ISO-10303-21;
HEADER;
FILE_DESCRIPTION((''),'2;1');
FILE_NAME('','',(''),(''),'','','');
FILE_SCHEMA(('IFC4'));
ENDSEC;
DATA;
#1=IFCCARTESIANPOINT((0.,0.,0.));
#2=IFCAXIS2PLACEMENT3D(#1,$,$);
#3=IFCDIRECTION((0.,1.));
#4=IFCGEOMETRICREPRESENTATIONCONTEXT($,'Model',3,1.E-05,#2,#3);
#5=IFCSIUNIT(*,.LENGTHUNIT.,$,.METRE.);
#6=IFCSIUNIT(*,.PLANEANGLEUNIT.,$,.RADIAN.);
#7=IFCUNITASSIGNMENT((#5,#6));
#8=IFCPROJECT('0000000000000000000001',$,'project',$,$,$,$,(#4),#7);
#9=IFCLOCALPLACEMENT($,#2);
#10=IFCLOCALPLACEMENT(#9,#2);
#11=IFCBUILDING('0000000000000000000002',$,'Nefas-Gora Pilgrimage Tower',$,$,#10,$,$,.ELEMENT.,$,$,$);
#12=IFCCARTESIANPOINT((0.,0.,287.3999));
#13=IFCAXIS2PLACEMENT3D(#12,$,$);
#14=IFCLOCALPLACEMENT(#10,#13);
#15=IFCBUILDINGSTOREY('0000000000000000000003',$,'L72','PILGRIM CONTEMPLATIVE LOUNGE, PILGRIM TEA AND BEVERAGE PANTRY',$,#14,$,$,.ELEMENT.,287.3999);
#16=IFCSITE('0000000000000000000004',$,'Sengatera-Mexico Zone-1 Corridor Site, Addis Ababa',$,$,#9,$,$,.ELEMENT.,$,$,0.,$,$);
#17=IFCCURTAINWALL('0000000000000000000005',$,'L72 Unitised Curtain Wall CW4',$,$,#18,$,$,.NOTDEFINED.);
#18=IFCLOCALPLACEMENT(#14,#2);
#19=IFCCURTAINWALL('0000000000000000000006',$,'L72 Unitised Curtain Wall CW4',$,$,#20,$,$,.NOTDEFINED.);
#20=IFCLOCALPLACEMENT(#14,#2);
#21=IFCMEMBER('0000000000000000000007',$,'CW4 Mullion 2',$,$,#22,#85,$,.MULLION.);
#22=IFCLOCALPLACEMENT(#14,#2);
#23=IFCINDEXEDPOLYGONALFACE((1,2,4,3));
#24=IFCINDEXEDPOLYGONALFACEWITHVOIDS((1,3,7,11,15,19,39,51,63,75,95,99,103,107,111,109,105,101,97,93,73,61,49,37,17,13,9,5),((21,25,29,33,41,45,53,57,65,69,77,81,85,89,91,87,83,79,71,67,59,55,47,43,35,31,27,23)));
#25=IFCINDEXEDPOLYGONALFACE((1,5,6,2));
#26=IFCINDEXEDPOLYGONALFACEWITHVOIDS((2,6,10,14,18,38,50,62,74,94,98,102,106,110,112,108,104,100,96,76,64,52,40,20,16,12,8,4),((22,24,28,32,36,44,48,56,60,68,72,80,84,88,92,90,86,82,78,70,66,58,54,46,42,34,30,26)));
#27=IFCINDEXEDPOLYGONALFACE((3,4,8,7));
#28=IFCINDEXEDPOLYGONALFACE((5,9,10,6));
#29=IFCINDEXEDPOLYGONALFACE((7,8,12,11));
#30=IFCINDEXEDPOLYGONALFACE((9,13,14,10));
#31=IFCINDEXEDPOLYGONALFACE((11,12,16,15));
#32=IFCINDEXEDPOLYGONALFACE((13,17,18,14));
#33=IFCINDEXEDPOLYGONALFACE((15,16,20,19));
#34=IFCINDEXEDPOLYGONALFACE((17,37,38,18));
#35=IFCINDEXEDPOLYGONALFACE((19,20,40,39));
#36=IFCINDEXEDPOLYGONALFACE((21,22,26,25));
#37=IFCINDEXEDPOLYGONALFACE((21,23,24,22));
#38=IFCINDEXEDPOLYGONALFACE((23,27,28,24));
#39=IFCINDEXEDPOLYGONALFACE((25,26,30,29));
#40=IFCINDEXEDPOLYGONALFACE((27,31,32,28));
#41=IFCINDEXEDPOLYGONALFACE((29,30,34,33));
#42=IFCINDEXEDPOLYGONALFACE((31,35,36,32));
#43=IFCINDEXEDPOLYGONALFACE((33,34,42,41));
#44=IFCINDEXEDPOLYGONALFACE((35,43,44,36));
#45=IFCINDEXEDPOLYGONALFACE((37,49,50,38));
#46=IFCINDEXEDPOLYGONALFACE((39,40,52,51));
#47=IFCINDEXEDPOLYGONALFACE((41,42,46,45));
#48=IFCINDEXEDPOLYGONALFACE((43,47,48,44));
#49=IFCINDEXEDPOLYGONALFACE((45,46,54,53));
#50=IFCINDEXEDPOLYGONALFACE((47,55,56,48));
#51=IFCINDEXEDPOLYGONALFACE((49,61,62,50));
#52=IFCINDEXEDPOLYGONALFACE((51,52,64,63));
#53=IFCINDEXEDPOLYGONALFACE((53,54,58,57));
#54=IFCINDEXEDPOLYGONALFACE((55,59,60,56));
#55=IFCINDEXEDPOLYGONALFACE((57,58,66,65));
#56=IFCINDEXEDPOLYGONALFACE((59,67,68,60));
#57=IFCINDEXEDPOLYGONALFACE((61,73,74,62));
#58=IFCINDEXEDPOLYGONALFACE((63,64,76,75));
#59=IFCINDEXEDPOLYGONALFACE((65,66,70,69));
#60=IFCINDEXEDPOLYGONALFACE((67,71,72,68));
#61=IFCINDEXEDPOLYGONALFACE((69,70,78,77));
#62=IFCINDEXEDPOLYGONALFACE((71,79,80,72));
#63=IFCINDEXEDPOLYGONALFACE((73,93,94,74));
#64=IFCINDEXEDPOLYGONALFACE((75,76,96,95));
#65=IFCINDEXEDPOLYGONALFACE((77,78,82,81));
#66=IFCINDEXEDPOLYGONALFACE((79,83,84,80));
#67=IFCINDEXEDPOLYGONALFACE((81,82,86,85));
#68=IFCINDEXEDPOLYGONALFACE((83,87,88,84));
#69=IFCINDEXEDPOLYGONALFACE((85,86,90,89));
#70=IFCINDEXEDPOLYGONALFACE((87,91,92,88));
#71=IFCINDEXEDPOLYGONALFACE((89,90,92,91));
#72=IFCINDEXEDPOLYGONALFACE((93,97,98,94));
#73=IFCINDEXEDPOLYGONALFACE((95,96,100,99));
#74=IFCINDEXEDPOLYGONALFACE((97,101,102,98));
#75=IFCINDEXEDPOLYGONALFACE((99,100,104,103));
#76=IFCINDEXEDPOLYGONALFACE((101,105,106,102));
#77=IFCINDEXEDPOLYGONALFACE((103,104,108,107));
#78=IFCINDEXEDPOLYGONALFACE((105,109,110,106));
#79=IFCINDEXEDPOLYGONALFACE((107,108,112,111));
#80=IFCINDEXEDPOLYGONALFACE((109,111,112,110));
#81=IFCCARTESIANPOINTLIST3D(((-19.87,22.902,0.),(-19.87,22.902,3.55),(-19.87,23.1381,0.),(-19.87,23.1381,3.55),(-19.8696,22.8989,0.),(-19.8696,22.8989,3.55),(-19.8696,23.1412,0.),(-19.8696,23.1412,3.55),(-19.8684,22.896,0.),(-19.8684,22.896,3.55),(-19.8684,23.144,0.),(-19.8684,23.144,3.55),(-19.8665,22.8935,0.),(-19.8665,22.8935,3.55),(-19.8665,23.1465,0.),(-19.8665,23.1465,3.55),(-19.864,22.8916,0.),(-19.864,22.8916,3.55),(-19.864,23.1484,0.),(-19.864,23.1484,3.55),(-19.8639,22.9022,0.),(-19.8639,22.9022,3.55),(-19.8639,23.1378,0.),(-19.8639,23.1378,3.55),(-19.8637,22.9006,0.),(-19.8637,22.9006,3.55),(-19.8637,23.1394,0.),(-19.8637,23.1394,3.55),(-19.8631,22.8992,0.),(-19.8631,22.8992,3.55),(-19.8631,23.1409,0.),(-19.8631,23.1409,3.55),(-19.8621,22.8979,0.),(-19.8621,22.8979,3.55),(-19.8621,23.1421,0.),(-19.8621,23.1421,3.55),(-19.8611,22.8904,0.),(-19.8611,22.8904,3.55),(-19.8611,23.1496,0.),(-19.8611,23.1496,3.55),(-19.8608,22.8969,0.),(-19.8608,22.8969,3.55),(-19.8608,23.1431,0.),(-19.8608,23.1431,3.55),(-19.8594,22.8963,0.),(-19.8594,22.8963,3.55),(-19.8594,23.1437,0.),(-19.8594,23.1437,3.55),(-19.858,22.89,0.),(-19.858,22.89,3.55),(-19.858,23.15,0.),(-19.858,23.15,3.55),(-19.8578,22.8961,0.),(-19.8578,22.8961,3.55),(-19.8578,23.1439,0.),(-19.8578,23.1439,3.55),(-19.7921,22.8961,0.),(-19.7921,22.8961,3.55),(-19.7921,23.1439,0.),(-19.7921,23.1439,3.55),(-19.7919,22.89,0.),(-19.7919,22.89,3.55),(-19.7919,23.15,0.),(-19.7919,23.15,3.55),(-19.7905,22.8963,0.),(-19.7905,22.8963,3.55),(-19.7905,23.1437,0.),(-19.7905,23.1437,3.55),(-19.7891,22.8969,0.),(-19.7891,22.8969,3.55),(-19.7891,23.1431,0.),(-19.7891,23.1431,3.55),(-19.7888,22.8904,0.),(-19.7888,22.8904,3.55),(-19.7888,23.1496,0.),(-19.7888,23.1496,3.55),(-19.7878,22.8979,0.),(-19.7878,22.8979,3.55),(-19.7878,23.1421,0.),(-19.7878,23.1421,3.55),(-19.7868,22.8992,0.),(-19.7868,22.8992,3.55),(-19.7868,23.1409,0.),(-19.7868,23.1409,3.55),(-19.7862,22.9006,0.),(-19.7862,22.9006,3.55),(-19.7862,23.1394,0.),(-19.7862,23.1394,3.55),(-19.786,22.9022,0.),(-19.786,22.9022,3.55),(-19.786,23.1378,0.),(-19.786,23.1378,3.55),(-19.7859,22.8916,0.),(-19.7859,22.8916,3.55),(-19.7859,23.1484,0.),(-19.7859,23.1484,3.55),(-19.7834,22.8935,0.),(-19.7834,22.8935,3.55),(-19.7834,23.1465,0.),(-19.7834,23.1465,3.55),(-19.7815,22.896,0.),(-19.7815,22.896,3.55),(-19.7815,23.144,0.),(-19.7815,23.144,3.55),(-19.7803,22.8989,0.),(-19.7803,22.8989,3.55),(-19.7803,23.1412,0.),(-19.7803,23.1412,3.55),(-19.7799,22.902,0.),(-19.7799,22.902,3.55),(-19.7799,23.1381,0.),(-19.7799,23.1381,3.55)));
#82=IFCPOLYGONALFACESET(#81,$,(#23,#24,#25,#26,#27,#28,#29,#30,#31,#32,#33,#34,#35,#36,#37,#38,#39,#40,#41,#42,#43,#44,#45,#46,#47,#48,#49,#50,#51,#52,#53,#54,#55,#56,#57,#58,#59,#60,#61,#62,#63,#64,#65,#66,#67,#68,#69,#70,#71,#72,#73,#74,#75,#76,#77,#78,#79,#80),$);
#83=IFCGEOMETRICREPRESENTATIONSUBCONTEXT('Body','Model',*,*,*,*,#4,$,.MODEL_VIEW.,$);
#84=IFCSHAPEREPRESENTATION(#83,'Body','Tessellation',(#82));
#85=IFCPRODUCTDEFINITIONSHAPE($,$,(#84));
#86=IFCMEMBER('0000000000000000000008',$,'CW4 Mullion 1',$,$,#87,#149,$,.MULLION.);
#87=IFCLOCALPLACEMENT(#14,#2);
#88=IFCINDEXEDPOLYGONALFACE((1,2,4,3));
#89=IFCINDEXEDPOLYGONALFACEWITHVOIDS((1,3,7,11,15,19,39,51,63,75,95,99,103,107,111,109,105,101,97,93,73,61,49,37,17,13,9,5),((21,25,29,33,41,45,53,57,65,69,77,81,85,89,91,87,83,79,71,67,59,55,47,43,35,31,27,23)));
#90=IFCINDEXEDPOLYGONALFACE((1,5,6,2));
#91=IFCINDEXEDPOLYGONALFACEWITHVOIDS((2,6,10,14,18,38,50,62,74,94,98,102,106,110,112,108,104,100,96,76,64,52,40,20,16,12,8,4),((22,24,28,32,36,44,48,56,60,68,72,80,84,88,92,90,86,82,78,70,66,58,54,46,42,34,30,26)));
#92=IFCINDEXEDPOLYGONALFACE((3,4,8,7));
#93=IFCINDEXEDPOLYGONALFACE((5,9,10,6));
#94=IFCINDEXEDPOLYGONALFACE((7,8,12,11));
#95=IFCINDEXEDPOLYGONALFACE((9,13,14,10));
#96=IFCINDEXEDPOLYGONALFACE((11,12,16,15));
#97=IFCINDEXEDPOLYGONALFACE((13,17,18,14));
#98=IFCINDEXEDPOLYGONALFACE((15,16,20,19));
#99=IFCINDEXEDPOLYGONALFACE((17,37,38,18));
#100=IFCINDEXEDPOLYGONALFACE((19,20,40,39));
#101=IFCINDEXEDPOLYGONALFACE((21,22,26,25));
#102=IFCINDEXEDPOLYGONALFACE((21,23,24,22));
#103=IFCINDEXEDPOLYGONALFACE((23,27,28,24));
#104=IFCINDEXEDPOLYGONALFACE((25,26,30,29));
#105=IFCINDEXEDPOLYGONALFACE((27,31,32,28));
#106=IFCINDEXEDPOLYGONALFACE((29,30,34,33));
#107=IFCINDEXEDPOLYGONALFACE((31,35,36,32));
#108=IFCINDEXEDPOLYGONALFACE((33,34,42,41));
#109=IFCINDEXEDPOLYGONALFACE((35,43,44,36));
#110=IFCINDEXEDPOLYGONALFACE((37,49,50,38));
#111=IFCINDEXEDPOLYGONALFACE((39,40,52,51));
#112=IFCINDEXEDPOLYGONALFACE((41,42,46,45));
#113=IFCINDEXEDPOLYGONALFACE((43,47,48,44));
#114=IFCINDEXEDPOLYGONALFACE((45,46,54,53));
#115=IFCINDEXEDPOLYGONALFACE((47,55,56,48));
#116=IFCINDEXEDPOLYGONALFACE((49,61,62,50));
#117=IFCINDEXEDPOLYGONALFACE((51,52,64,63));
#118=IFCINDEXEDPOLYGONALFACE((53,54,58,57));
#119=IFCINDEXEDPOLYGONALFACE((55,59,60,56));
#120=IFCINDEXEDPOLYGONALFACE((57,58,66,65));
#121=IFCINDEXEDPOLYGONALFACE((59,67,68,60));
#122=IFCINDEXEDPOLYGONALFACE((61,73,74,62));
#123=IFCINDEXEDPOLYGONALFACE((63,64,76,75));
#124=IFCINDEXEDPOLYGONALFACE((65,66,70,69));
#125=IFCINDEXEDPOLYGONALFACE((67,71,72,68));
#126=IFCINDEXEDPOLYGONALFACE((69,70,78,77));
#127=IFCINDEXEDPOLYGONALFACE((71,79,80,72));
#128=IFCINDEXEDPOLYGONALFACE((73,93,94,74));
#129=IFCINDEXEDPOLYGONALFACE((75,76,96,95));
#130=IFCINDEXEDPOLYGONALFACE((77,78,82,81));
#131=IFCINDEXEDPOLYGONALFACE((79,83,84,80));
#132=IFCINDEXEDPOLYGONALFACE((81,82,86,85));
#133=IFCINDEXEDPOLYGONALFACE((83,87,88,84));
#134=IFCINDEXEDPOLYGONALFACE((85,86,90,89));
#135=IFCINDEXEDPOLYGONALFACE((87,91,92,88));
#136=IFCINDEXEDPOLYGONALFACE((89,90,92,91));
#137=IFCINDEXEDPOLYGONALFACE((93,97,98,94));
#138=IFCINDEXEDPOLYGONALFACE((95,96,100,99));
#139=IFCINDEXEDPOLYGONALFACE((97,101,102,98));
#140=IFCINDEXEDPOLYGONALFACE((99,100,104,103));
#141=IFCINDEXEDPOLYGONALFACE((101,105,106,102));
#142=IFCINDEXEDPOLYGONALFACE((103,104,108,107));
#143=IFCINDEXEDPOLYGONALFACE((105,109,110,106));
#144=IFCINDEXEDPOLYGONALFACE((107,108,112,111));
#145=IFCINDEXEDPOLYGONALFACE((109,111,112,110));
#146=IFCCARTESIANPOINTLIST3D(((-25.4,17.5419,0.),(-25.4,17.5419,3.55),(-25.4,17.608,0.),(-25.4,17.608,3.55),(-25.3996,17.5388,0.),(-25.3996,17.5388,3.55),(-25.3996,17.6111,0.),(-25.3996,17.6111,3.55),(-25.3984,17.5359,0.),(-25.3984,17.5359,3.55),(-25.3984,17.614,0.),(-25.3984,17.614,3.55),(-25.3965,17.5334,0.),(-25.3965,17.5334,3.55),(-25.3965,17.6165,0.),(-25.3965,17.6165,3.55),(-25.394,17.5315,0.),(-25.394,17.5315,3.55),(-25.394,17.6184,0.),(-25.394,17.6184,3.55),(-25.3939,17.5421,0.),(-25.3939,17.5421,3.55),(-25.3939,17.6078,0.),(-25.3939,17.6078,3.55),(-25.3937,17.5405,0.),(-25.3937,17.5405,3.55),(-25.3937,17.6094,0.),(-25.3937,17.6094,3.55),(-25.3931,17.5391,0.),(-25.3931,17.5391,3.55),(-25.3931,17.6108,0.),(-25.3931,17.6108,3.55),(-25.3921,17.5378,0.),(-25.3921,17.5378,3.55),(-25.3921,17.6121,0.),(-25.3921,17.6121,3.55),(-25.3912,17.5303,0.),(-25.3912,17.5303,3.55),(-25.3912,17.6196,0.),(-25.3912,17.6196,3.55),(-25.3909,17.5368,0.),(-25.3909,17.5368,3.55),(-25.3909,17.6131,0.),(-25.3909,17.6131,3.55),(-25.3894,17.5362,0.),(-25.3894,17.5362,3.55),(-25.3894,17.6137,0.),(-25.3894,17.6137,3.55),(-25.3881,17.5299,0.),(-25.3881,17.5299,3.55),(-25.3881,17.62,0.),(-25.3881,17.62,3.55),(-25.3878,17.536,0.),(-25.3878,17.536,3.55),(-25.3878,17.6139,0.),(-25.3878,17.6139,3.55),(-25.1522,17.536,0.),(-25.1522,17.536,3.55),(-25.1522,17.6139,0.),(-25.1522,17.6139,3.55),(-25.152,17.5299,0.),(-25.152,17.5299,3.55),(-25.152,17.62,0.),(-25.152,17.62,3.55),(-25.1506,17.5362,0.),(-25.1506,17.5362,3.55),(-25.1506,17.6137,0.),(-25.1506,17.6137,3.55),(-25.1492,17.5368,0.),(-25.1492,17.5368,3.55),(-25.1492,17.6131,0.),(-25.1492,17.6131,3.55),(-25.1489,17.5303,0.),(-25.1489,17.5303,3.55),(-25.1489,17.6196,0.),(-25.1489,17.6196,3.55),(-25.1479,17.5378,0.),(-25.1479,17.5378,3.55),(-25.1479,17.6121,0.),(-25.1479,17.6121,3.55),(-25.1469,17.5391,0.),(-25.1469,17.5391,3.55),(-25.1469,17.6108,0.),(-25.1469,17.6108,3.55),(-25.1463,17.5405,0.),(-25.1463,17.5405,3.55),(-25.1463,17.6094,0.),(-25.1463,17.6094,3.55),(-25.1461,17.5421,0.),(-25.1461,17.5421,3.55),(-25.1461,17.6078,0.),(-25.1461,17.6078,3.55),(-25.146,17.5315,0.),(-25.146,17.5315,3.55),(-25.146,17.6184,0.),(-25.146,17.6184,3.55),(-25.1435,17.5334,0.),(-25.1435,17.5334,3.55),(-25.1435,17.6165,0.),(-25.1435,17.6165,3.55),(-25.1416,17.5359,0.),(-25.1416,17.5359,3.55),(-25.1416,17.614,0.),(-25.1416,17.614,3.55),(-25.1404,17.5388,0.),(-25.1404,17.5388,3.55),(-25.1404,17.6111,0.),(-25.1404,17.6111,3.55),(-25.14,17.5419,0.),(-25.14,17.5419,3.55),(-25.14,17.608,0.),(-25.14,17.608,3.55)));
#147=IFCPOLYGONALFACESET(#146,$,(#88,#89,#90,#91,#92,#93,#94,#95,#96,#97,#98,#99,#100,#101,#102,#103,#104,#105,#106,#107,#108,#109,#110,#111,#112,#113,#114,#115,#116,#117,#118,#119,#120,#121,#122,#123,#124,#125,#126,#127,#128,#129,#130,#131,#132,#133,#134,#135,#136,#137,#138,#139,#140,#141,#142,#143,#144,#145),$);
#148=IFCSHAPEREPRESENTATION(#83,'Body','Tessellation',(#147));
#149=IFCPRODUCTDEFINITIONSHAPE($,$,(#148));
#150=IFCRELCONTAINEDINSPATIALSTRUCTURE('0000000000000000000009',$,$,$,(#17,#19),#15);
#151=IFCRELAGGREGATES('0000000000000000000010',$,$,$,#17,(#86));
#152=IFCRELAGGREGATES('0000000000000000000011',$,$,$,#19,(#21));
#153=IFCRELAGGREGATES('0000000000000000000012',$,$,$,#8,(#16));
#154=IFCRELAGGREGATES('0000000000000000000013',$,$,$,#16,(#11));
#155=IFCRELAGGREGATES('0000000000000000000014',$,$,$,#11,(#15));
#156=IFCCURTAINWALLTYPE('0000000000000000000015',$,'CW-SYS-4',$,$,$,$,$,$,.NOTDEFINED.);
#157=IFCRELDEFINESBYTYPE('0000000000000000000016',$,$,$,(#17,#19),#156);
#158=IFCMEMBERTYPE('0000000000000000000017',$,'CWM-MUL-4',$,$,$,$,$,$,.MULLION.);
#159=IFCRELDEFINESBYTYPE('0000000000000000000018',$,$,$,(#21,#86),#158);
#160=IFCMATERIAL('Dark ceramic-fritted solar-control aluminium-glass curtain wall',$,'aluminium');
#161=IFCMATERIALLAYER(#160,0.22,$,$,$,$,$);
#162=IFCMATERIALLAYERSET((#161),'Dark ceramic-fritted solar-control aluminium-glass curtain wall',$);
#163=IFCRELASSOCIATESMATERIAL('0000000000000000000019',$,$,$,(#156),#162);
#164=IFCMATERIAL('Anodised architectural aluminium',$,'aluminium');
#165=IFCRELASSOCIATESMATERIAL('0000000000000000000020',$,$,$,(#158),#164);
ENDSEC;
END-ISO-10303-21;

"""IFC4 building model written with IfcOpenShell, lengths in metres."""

from ifc_helpers import new_model, si_unit, direction, frame, origin, origin_2d, place, context, subcontext, project, spatial, hollow_rectangle, extrude, source, transform, mapped, material, layer, layer_set, material_profile, profile_set, type_object, element, aggregate, save


model = new_model("IFC4")

# Units and contexts
model_context = context("Model", 3, precision=1e-05, world=origin(), true_north=direction((0.0, 1.0)))
body_context = subcontext(model_context, "Body", "Model", "MODEL_VIEW")
ifc_project = project(units=[si_unit("LENGTHUNIT", "METRE"), si_unit("PLANEANGLEUNIT", "RADIAN")], contexts=[model_context])

# Site, building, storey
site_placement = place(None, origin())
site = spatial("IfcSite", under=ifc_project, at=site_placement, Name="Sengatera-Mexico Zone-1 Corridor Site, Addis Ababa", CompositionType="ELEMENT", RefElevation=0.0)
building_placement = place(site_placement, origin())
building = spatial("IfcBuilding", under=site, at=building_placement, Name="Nefas-Gora Pilgrimage Tower", CompositionType="ELEMENT")
storey_placement = place(building_placement, frame((0.0, 0.0, 287.3999)))
storey = spatial("IfcBuildingStorey", under=building, at=storey_placement, Name="L72", Description="PILGRIM CONTEMPLATIVE LOUNGE, PILGRIM TEA AND BEVERAGE PANTRY", CompositionType="ELEMENT", Elevation=287.3999)

# Curtain wall
ifc_material_1 = material(Name="Dark ceramic-fritted solar-control aluminium-glass curtain wall", Category="aluminium")
ifc_material_2 = material(Name="Anodised architectural aluminium", Category="aluminium")
ifc_layer_1 = layer(ifc_material_1, 0.22)
ifc_layer_set_1 = layer_set([ifc_layer_1], Name="Dark ceramic-fritted solar-control aluminium-glass curtain wall")
curtain_wall_type_1 = type_object("IfcCurtainWallType", Name="CW-SYS-4", PredefinedType="NOTDEFINED", material=ifc_layer_set_1)
curtain_wall_1_placement = place(storey_placement, origin())
curtain_wall_1 = element("IfcCurtainWall", 1, at=curtain_wall_1_placement, inside=storey, type_object=curtain_wall_type_1, Name="L72 Unitised Curtain Wall CW4", PredefinedType="NOTDEFINED")

# Curtain wall, member
curtain_wall_2_placement = place(storey_placement, origin())
curtain_wall_2 = element("IfcCurtainWall", 2, at=curtain_wall_2_placement, inside=storey, type_object=curtain_wall_type_1, Name="L72 Unitised Curtain Wall CW4", PredefinedType="NOTDEFINED")
ifc_material_profile_1 = material_profile(ifc_material_2, hollow_rectangle(XDim=0.0901, YDim=0.26, WallThickness=0.0061, InnerFilletRadius=0.0061, OuterFilletRadius=0.012, at=origin_2d()), Name="ALU MULLION 90x260")
ifc_profile_set_1 = profile_set([ifc_material_profile_1], Name="Anodised architectural aluminium")
member_type_1 = type_object("IfcMemberType", Name="CWM-MUL-4", PredefinedType="MULLION", material=ifc_profile_set_1)
shared_shape_1 = source(origin(), body_context, "Body", "SweptSolid", [
    extrude(hollow_rectangle(XDim=0.0901, YDim=0.26, WallThickness=0.0061, InnerFilletRadius=0.0061, OuterFilletRadius=0.012, at=origin_2d()), origin(), (0.0, 0.0, 1.0), 3.55),
])
member_1_placement = place(storey_placement, frame((-19.825, 23.02, 0.0), z_axis=(0.0, 0.0, 1.0), x_axis=(-1.0, 0.0, 0.0)))
member_1 = element("IfcMember", 3, at=member_1_placement, type_object=member_type_1, Name="CW4 Mullion 2", PredefinedType="MULLION", context=body_context, shape_type="MappedRepresentation", body=[
    mapped(shared_shape_1, transform((0.0, 0.0, 0.0), x_axis=(1.0, 0.0, 0.0), y_axis=(0.0, 1.0, 0.0), z_axis=(0.0, 0.0, 1.0), scale=1.0)),
])

# Member
member_2_placement = place(storey_placement, frame((-25.27, 17.575, 0.0), z_axis=(0.0, 0.0, 1.0), x_axis=(0.0, -1.0, 0.0)))
member_2 = element("IfcMember", 4, at=member_2_placement, type_object=member_type_1, Name="CW4 Mullion 1", PredefinedType="MULLION", context=body_context, shape_type="MappedRepresentation", body=[
    mapped(shared_shape_1, transform((0.0, 0.0, 0.0), x_axis=(1.0, 0.0, 0.0), y_axis=(0.0, 1.0, 0.0), z_axis=(0.0, 0.0, 1.0), scale=1.0)),
])

aggregate(curtain_wall_1, [member_2])
aggregate(curtain_wall_2, [member_1])

save(model, "model.ifc")
